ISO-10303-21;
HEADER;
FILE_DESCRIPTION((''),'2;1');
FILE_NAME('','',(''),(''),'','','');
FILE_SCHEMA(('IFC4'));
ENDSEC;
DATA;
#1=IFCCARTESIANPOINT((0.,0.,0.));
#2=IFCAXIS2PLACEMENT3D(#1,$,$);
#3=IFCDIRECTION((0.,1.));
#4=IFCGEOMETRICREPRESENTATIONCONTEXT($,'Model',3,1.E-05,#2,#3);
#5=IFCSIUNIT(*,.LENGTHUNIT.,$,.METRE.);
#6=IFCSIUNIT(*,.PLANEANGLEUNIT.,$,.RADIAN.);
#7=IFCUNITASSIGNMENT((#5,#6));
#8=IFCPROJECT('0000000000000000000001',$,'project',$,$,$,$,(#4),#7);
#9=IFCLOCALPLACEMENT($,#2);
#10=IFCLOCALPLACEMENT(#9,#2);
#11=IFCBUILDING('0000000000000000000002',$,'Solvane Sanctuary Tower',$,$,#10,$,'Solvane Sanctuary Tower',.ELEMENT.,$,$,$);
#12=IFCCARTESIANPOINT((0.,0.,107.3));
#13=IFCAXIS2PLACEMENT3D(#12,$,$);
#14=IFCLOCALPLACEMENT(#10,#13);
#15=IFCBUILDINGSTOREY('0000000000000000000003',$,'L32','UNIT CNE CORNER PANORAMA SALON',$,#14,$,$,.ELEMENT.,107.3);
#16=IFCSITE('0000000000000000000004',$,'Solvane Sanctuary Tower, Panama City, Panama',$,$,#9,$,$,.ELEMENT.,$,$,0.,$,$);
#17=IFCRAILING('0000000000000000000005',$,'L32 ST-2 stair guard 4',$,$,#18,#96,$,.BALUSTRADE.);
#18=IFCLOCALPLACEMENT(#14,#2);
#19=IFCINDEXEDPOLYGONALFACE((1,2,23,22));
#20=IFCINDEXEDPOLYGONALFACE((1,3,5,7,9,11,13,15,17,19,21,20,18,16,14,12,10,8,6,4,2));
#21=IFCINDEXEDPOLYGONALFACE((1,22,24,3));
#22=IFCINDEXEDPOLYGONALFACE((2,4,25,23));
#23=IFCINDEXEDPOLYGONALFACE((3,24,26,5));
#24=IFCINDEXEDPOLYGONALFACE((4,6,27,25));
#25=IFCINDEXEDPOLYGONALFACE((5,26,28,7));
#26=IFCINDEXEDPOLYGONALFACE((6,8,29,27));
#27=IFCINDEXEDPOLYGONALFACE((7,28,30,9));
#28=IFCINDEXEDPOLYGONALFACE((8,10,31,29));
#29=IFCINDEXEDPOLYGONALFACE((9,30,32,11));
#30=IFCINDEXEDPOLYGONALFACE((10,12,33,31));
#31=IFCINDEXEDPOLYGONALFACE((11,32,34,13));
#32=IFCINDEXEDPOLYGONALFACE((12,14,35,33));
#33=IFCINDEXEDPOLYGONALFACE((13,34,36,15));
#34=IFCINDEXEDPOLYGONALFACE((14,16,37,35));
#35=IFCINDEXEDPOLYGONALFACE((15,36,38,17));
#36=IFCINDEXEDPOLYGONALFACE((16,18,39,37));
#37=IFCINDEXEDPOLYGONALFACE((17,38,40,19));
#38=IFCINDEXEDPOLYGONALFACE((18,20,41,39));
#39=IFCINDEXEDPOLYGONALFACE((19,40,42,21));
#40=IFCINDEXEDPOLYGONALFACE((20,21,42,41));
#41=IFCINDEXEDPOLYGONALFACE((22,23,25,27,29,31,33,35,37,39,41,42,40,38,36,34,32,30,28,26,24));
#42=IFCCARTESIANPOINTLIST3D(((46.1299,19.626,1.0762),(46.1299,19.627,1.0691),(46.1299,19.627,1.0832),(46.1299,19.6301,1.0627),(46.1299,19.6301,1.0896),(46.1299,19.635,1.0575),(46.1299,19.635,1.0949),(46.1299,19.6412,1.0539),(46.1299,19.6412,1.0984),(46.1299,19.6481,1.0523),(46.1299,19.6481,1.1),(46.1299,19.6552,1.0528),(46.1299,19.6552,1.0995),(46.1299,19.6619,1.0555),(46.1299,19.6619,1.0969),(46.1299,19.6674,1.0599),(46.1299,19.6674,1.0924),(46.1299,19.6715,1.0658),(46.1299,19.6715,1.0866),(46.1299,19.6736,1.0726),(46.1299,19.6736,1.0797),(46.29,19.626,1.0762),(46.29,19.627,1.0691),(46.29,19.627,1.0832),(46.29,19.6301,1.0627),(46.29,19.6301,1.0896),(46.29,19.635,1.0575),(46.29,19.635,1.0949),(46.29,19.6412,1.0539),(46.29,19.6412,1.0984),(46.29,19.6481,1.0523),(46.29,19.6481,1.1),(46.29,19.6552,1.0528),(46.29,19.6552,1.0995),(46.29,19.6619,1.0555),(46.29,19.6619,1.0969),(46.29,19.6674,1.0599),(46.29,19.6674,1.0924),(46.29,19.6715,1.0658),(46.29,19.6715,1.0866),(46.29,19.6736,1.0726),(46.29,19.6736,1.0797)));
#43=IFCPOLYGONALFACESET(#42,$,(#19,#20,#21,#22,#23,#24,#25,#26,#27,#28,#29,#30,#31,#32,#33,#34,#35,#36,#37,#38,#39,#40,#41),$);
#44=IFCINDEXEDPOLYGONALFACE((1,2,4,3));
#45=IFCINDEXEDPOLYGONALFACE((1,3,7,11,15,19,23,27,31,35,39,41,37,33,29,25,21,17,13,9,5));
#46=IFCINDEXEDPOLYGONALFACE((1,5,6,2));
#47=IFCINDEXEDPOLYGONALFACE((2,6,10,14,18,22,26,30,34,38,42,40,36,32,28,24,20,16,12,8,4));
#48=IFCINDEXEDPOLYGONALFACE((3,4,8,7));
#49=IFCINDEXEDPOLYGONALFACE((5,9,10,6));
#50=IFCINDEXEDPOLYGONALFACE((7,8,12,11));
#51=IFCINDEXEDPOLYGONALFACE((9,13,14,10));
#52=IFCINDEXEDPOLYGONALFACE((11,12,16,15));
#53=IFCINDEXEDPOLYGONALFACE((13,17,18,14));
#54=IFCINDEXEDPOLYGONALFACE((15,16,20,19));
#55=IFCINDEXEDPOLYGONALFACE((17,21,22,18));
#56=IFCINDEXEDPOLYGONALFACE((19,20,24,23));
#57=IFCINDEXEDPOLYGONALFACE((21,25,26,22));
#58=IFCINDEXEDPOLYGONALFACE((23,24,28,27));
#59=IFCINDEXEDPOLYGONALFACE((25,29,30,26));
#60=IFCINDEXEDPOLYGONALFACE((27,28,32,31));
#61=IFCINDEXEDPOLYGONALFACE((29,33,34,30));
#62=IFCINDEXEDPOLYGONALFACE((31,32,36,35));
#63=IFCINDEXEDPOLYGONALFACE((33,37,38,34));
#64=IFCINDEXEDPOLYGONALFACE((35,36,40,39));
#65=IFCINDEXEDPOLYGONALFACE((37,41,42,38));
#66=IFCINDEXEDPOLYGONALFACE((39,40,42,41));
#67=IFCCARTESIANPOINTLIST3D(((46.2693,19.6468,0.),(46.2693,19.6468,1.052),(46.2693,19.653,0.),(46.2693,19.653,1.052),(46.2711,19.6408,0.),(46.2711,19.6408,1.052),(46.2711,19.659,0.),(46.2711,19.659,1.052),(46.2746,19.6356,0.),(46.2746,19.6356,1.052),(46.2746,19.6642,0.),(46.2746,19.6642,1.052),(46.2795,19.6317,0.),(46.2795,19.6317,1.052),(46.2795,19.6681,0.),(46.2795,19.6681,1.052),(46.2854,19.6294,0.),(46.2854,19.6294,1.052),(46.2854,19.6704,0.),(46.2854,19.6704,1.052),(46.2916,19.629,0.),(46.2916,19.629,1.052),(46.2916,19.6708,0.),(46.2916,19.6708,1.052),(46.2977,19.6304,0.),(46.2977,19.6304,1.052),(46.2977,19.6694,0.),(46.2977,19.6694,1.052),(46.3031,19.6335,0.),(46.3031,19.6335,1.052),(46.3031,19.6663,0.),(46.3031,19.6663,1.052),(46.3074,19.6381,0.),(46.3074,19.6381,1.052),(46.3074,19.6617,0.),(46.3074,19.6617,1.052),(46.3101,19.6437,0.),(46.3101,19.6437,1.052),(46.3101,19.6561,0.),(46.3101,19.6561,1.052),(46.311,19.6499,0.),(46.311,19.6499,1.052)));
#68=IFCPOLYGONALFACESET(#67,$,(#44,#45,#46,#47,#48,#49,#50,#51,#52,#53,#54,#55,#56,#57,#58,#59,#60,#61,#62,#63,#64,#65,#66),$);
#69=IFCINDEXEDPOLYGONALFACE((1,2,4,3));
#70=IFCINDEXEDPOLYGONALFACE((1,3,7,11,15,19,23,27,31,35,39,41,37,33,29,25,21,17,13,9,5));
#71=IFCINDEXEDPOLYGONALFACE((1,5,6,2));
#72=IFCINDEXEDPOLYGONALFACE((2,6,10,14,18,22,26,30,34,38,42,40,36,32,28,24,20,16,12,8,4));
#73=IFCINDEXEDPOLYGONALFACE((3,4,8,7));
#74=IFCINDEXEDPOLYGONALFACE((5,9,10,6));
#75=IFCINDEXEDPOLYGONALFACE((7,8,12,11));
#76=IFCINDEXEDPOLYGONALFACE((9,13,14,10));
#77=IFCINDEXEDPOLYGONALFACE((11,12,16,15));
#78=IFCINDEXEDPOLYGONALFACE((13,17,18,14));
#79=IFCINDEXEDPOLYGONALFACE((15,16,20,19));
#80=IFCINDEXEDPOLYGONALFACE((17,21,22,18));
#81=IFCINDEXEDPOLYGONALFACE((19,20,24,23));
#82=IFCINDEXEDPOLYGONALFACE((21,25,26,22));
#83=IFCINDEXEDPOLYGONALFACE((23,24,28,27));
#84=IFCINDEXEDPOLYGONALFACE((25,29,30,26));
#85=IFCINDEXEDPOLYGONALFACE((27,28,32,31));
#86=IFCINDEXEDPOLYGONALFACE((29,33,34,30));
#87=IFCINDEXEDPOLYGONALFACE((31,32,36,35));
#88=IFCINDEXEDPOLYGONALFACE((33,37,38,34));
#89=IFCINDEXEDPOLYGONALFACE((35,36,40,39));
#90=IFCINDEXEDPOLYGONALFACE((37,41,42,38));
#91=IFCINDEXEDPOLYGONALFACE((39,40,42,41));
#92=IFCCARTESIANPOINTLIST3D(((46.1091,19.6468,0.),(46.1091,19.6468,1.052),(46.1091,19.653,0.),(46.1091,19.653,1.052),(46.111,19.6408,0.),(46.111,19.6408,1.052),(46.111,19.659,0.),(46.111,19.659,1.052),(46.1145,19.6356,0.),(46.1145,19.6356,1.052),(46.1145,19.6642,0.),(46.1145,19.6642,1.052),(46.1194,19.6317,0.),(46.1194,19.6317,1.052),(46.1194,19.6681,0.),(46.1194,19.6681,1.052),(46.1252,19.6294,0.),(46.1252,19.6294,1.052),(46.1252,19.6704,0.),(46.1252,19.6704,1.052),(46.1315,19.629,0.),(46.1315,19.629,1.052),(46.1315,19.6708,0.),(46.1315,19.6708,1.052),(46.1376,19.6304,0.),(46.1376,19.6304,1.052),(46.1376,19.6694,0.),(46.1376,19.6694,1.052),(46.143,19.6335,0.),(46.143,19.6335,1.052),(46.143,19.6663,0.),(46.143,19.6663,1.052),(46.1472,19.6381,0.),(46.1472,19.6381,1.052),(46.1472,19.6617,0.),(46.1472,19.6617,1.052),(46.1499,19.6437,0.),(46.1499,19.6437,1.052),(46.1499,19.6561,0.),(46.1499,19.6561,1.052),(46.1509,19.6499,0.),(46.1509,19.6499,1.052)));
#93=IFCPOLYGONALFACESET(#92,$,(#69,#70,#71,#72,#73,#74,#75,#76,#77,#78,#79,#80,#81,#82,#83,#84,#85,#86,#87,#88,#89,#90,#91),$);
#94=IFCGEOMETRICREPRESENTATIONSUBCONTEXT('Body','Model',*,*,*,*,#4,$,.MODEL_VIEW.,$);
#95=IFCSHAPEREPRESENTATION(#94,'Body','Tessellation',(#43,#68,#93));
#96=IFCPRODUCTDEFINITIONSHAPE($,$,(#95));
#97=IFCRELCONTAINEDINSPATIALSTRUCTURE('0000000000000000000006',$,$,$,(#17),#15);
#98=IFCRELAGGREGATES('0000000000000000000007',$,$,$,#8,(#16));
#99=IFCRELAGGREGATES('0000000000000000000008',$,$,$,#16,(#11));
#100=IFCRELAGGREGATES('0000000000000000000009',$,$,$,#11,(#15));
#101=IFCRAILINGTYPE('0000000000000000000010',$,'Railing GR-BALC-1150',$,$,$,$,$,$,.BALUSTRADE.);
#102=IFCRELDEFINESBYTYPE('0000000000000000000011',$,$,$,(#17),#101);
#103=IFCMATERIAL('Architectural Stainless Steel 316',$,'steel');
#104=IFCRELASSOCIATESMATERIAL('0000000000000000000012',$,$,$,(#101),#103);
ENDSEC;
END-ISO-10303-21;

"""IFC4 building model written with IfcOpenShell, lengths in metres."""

from ifc_helpers import new_model, si_unit, direction, frame, origin, origin_2d, place, context, subcontext, project, spatial, circle, extrude, material, type_object, element, save


model = new_model("IFC4")

# Units and contexts
model_context = context("Model", 3, precision=1e-05, world=origin(), true_north=direction((0.0, 1.0)))
body_context = subcontext(model_context, "Body", "Model", "MODEL_VIEW")
ifc_project = project(units=[si_unit("LENGTHUNIT", "METRE"), si_unit("PLANEANGLEUNIT", "RADIAN")], contexts=[model_context])

# Site, building, storey
site_placement = place(None, origin())
site = spatial("IfcSite", under=ifc_project, at=site_placement, Name="Solvane Sanctuary Tower, Panama City, Panama", CompositionType="ELEMENT", RefElevation=0.0)
building_placement = place(site_placement, origin())
building = spatial("IfcBuilding", under=site, at=building_placement, Name="Solvane Sanctuary Tower", LongName="Solvane Sanctuary Tower", CompositionType="ELEMENT")
storey_placement = place(building_placement, frame((0.0, 0.0, 107.3)))
storey = spatial("IfcBuildingStorey", under=building, at=storey_placement, Name="L32", Description="UNIT CNE CORNER PANORAMA SALON", CompositionType="ELEMENT", Elevation=107.3)

# Shared definitions
ifc_material_1 = material(Name="Architectural Stainless Steel 316", Category="steel")

# Railing
railing_type_1 = type_object("IfcRailingType", Name="Railing GR-BALC-1150", PredefinedType="BALUSTRADE", material=ifc_material_1)
railing_1_placement = place(storey_placement, frame((46.29, 19.6499, 0.0)))
element("IfcRailing", 1, at=railing_1_placement, inside=storey, type_object=railing_type_1, Name="L32 ST-2 stair guard 4", PredefinedType="BALUSTRADE", context=body_context, shape_type="SweptSolid", body=[
    extrude(circle(Radius=0.0239, at=origin_2d()), frame((0.0, 0.0, 1.0762), z_axis=(-1.0, 0.0, 0.0), x_axis=(0.0, -1.0, 0.0)), (0.0, 0.0, 1.0), 0.1602),
    extrude(circle(Radius=0.021, at=origin_2d()), origin(), (0.0, 0.0, 1.0), 1.052),
    extrude(circle(Radius=0.021, at=origin_2d()), frame((-0.1602, 0.0, 0.0)), (0.0, 0.0, 1.0), 1.052),
])

save(model, "model.ifc")
